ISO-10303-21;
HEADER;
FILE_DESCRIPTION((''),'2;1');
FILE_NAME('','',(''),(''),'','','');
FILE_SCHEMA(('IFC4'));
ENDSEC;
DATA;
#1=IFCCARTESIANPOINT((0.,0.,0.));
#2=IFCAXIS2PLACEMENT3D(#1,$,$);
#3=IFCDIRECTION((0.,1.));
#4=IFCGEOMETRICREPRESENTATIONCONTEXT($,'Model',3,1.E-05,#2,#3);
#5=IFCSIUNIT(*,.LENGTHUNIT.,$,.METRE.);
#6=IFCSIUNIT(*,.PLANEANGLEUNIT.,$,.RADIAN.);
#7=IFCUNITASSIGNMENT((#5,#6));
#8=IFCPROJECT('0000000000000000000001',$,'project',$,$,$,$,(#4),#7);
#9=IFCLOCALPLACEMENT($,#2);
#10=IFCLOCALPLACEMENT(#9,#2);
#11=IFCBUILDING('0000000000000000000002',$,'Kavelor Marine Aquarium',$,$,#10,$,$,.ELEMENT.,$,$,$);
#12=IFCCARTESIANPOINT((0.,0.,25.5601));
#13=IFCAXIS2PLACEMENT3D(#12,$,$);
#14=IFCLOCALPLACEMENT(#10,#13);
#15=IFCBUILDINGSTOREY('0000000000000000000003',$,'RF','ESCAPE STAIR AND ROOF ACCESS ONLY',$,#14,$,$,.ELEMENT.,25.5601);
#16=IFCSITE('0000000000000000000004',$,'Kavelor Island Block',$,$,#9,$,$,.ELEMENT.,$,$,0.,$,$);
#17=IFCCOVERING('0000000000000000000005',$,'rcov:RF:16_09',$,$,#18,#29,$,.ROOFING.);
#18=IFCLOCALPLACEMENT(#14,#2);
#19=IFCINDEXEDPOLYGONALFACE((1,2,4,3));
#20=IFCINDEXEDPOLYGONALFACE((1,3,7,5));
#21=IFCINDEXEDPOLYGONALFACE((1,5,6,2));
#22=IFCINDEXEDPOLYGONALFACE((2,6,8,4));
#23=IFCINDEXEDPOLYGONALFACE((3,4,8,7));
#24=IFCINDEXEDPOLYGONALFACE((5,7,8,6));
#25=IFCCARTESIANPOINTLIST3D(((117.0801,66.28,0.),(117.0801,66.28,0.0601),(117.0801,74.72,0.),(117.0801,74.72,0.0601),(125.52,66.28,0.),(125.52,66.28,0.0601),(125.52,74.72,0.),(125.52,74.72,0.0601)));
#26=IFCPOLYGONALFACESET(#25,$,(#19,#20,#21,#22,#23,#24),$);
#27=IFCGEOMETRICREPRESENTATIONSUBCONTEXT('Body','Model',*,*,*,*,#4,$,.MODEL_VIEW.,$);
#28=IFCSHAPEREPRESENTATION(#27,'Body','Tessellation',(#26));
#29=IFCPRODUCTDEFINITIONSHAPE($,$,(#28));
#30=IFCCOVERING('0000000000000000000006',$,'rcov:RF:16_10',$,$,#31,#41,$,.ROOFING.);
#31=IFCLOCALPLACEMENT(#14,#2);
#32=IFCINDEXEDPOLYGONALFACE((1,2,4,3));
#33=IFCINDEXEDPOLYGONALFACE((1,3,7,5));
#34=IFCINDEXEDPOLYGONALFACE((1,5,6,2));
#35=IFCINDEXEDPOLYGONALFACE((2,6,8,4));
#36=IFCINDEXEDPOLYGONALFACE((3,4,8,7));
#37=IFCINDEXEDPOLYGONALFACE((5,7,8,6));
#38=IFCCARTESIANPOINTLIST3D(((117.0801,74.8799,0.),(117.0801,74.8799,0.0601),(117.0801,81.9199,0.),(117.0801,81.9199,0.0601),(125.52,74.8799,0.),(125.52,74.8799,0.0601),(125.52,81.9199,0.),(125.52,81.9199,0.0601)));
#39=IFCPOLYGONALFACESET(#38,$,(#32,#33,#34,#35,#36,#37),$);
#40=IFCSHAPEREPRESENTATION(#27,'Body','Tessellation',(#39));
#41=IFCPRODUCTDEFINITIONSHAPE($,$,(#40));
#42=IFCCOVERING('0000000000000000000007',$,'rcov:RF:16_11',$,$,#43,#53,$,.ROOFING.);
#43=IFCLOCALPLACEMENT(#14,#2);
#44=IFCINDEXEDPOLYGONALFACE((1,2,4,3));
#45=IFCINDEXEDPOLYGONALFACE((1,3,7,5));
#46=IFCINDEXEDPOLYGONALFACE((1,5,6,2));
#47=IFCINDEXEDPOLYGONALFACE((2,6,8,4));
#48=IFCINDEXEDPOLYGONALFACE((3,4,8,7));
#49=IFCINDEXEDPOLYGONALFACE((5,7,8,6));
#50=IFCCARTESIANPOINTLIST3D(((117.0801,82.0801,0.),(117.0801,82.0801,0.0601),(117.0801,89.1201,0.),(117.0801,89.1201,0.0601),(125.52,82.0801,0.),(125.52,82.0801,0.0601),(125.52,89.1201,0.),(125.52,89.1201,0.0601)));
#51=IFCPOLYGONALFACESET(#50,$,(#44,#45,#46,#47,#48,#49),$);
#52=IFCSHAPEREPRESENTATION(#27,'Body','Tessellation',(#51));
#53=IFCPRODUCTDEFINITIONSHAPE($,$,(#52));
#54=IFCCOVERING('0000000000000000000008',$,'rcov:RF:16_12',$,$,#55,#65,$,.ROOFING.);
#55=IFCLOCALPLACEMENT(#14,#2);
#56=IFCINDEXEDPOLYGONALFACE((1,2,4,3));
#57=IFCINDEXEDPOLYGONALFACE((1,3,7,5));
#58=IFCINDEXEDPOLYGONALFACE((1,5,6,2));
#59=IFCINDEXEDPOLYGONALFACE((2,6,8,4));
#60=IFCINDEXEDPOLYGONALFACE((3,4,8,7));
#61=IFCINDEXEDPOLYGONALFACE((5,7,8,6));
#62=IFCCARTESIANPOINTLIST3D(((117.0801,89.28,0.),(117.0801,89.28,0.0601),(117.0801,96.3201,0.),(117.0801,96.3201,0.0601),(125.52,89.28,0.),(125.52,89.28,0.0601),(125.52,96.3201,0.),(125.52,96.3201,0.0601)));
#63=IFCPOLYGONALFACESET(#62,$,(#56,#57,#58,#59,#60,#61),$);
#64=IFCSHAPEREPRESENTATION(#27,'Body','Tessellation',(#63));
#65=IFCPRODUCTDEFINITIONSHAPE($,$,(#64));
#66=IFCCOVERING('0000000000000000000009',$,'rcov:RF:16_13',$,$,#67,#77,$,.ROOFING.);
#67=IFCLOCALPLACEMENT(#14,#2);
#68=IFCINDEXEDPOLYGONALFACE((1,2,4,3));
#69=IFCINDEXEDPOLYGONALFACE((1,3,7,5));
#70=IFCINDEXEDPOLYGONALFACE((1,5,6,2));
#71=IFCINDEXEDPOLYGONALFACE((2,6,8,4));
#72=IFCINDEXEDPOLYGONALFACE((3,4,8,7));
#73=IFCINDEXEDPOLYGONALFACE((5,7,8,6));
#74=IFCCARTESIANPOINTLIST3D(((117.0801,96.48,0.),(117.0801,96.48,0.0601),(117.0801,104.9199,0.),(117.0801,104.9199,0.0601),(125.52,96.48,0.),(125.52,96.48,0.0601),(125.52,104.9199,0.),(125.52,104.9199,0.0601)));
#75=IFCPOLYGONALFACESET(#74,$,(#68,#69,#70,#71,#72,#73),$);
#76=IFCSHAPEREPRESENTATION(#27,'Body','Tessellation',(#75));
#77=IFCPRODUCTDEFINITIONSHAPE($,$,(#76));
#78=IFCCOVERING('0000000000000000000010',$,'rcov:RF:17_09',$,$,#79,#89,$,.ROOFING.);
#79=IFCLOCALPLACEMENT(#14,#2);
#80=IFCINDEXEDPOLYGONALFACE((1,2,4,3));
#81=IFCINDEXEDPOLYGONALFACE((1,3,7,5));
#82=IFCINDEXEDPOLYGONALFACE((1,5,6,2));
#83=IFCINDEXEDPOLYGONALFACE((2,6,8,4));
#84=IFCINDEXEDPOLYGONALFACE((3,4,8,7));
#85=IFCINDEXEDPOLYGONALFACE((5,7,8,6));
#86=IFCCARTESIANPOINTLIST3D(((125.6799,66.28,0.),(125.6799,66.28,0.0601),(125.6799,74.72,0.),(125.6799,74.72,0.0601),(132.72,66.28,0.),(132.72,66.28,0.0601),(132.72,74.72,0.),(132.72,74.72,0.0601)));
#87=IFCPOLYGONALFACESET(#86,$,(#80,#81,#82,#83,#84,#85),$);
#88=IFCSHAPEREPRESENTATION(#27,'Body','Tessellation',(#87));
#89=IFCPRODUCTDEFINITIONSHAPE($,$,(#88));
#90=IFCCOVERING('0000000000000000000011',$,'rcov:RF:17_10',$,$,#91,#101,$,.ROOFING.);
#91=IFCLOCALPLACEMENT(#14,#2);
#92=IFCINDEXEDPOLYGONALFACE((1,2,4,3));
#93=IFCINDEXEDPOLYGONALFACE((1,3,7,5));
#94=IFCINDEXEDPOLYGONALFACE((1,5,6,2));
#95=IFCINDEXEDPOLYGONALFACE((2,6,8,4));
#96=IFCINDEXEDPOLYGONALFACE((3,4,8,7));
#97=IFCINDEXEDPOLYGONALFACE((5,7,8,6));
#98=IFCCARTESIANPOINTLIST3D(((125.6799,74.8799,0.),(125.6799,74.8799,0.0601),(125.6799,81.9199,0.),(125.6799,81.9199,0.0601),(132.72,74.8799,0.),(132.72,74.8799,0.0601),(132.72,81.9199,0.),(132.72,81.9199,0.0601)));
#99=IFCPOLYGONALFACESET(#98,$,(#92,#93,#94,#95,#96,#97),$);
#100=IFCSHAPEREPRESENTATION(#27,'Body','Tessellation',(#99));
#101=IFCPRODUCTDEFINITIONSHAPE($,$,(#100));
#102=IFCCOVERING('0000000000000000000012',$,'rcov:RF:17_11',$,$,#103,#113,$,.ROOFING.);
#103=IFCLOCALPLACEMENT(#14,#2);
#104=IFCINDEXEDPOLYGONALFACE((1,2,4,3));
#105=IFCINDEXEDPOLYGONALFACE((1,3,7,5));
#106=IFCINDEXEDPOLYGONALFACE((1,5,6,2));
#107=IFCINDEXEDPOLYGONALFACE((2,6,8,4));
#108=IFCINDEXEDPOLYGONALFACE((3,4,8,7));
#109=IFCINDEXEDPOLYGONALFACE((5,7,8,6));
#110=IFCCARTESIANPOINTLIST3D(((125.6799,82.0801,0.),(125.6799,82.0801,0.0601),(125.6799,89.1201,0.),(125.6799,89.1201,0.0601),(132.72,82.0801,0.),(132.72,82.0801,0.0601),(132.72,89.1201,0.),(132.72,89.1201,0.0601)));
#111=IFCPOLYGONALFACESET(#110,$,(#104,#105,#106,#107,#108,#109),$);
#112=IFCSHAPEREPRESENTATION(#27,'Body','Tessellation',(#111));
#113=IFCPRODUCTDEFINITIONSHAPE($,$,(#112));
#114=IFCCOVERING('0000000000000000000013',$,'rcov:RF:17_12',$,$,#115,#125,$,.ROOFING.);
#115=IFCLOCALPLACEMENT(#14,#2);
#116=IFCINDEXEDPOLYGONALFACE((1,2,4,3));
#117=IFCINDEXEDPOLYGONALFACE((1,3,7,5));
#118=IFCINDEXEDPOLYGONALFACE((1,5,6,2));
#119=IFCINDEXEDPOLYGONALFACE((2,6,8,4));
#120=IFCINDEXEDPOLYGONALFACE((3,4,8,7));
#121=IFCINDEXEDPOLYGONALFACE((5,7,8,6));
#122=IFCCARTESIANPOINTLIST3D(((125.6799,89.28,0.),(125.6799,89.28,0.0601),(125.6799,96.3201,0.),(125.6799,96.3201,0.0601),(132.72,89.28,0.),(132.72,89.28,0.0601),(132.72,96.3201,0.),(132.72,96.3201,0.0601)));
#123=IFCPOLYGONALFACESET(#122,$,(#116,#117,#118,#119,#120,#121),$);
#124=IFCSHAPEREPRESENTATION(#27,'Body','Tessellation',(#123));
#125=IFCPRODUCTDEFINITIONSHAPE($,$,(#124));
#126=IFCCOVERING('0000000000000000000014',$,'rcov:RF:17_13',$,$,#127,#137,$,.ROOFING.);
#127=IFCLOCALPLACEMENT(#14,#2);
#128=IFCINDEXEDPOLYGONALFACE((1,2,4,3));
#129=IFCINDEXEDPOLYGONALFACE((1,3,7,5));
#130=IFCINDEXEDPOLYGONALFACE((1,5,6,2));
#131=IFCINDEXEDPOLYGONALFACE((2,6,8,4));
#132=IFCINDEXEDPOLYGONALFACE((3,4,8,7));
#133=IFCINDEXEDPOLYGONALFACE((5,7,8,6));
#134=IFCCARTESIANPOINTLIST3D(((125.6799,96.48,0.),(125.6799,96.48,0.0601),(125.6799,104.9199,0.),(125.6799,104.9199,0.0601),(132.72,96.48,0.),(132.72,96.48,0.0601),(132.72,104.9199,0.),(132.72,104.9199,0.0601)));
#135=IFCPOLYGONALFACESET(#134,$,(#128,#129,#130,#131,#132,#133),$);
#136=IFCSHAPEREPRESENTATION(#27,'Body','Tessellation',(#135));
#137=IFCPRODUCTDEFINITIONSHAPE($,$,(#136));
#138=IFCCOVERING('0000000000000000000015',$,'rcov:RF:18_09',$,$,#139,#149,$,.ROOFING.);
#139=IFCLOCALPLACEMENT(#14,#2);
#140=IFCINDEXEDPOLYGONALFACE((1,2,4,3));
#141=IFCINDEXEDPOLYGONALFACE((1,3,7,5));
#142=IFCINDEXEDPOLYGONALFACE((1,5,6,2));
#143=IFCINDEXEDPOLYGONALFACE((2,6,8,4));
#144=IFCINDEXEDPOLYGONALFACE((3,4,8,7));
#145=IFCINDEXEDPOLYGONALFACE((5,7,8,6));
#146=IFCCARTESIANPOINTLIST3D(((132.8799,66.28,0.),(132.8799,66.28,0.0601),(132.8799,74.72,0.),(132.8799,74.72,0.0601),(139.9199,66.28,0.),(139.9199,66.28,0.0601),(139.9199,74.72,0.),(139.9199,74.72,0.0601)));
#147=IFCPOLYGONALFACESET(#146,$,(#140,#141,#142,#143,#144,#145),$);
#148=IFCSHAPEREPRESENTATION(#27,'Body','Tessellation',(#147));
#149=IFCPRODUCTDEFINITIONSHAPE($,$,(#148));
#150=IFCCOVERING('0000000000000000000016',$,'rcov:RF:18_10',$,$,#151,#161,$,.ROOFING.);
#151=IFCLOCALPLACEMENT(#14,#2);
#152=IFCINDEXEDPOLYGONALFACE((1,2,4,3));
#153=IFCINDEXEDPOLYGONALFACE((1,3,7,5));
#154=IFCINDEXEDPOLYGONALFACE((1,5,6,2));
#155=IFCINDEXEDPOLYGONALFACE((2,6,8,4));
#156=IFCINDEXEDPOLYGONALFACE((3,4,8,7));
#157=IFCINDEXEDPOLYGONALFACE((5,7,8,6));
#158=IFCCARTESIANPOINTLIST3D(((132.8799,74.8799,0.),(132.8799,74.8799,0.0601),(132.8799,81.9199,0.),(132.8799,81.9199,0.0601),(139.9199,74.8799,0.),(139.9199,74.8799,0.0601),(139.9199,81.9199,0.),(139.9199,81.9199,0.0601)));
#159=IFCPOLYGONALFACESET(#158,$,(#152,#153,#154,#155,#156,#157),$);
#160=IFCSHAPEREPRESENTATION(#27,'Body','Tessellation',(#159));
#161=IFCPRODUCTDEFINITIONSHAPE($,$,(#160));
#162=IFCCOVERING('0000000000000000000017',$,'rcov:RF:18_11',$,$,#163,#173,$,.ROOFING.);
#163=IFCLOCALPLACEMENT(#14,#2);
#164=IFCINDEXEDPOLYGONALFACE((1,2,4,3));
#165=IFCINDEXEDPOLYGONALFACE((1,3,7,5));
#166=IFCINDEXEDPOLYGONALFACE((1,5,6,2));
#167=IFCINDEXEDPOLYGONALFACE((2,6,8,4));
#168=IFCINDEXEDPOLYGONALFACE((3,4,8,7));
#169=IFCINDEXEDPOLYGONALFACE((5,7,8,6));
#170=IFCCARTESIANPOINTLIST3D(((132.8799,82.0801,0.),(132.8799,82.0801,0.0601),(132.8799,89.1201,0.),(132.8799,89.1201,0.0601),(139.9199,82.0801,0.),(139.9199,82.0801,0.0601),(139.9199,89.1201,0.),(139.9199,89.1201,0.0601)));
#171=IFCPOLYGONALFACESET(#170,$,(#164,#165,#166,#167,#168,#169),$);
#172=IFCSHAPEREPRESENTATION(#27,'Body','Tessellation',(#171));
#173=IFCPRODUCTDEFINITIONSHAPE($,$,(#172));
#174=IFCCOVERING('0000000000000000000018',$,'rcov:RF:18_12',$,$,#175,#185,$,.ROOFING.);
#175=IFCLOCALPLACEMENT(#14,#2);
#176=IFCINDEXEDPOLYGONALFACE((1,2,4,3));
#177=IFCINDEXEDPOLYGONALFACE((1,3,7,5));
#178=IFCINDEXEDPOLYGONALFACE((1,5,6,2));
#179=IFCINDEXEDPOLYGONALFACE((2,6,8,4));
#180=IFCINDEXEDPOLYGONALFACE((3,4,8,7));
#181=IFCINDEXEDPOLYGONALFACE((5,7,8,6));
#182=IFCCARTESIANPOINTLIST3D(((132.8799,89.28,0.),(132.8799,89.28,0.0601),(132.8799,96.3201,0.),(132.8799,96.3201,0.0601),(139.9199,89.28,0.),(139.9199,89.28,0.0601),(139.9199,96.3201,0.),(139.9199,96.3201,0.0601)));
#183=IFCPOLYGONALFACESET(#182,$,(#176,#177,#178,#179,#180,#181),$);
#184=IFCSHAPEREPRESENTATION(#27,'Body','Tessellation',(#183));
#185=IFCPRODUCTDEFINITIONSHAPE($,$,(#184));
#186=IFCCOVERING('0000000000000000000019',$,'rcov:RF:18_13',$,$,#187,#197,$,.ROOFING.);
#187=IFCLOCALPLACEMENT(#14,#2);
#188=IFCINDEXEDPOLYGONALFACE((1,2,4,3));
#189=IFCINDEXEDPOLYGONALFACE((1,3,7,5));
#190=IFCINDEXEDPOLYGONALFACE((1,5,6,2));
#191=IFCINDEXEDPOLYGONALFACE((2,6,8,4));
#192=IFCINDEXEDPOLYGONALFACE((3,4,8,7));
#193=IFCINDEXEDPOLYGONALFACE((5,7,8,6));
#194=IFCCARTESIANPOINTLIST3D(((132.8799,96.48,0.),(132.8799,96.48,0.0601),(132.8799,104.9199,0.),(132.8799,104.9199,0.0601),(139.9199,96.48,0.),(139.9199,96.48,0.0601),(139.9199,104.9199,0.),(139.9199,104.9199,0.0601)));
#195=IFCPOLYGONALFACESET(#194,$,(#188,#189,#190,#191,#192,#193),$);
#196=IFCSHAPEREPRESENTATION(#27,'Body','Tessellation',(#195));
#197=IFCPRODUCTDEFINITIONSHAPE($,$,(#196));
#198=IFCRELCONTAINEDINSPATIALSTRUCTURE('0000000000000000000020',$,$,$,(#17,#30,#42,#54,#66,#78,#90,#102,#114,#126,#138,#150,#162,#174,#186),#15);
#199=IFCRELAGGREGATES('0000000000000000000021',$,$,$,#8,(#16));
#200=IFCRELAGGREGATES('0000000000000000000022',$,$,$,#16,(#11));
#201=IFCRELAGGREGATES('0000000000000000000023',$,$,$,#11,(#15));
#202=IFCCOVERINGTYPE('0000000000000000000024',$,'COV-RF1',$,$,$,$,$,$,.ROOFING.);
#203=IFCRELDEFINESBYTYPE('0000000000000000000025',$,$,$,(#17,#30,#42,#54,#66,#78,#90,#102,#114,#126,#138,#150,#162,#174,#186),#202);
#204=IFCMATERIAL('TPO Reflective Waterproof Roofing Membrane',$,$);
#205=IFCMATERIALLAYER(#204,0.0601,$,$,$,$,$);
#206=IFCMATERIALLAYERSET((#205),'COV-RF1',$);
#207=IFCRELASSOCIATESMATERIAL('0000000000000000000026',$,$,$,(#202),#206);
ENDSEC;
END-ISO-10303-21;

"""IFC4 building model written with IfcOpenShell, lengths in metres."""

from ifc_helpers import new_model, si_unit, direction, frame, origin, place, context, subcontext, project, spatial, polyline, outline, extrude, material, layer, layer_set, type_object, element, save


model = new_model("IFC4")

# Units and contexts
model_context = context("Model", 3, precision=1e-05, world=origin(), true_north=direction((0.0, 1.0)))
body_context = subcontext(model_context, "Body", "Model", "MODEL_VIEW")
ifc_project = project(units=[si_unit("LENGTHUNIT", "METRE"), si_unit("PLANEANGLEUNIT", "RADIAN")], contexts=[model_context])

# Site, building, storey
site_placement = place(None, origin())
site = spatial("IfcSite", under=ifc_project, at=site_placement, Name="Kavelor Island Block", CompositionType="ELEMENT", RefElevation=0.0)
building_placement = place(site_placement, origin())
building = spatial("IfcBuilding", under=site, at=building_placement, Name="Kavelor Marine Aquarium", CompositionType="ELEMENT")
storey_placement = place(building_placement, frame((0.0, 0.0, 25.5601)))
storey = spatial("IfcBuildingStorey", under=building, at=storey_placement, Name="RF", Description="ESCAPE STAIR AND ROOF ACCESS ONLY", CompositionType="ELEMENT", Elevation=25.5601)

# Coverings
ifc_material_1 = material(Name="TPO Reflective Waterproof Roofing Membrane")
ifc_layer_1 = layer(ifc_material_1, 0.0601)
ifc_layer_set_1 = layer_set([ifc_layer_1], Name="COV-RF1")
covering_type = type_object("IfcCoveringType", Name="COV-RF1", PredefinedType="ROOFING", material=ifc_layer_set_1)
covering_1_placement = place(storey_placement, origin())
element("IfcCovering", 1, at=covering_1_placement, inside=storey, type_object=covering_type, Name="rcov:RF:16_09", PredefinedType="ROOFING", context=body_context, shape_type="SweptSolid", body=[
    extrude(outline(polyline([(117.0801, 66.28), (125.52, 66.28), (125.52, 74.72), (117.0801, 74.72), (117.0801, 66.28)])), origin(), (0.0, 0.0, 1.0), 0.0601),
])
covering_2_placement = place(storey_placement, origin())
element("IfcCovering", 2, at=covering_2_placement, inside=storey, type_object=covering_type, Name="rcov:RF:16_10", PredefinedType="ROOFING", context=body_context, shape_type="SweptSolid", body=[
    extrude(outline(polyline([(117.0801, 74.8799), (125.52, 74.8799), (125.52, 81.9199), (117.0801, 81.9199), (117.0801, 74.8799)])), origin(), (0.0, 0.0, 1.0), 0.0601),
])
covering_3_placement = place(storey_placement, origin())
element("IfcCovering", 3, at=covering_3_placement, inside=storey, type_object=covering_type, Name="rcov:RF:16_11", PredefinedType="ROOFING", context=body_context, shape_type="SweptSolid", body=[
    extrude(outline(polyline([(117.0801, 82.0801), (125.52, 82.0801), (125.52, 89.1201), (117.0801, 89.1201), (117.0801, 82.0801)])), origin(), (0.0, 0.0, 1.0), 0.0601),
])
covering_4_placement = place(storey_placement, origin())
element("IfcCovering", 4, at=covering_4_placement, inside=storey, type_object=covering_type, Name="rcov:RF:16_12", PredefinedType="ROOFING", context=body_context, shape_type="SweptSolid", body=[
    extrude(outline(polyline([(117.0801, 89.28), (125.52, 89.28), (125.52, 96.3201), (117.0801, 96.3201), (117.0801, 89.28)])), origin(), (0.0, 0.0, 1.0), 0.0601),
])
covering_5_placement = place(storey_placement, origin())
element("IfcCovering", 5, at=covering_5_placement, inside=storey, type_object=covering_type, Name="rcov:RF:16_13", PredefinedType="ROOFING", context=body_context, shape_type="SweptSolid", body=[
    extrude(outline(polyline([(117.0801, 96.48), (125.52, 96.48), (125.52, 104.9199), (117.0801, 104.9199), (117.0801, 96.48)])), origin(), (0.0, 0.0, 1.0), 0.0601),
])
covering_6_placement = place(storey_placement, origin())
element("IfcCovering", 6, at=covering_6_placement, inside=storey, type_object=covering_type, Name="rcov:RF:17_09", PredefinedType="ROOFING", context=body_context, shape_type="SweptSolid", body=[
    extrude(outline(polyline([(125.6799, 66.28), (132.72, 66.28), (132.72, 74.72), (125.6799, 74.72), (125.6799, 66.28)])), origin(), (0.0, 0.0, 1.0), 0.0601),
])
covering_7_placement = place(storey_placement, origin())
element("IfcCovering", 7, at=covering_7_placement, inside=storey, type_object=covering_type, Name="rcov:RF:17_10", PredefinedType="ROOFING", context=body_context, shape_type="SweptSolid", body=[
    extrude(outline(polyline([(125.6799, 74.8799), (132.72, 74.8799), (132.72, 81.9199), (125.6799, 81.9199), (125.6799, 74.8799)])), origin(), (0.0, 0.0, 1.0), 0.0601),
])
covering_8_placement = place(storey_placement, origin())
element("IfcCovering", 8, at=covering_8_placement, inside=storey, type_object=covering_type, Name="rcov:RF:17_11", PredefinedType="ROOFING", context=body_context, shape_type="SweptSolid", body=[
    extrude(outline(polyline([(125.6799, 82.0801), (132.72, 82.0801), (132.72, 89.1201), (125.6799, 89.1201), (125.6799, 82.0801)])), origin(), (0.0, 0.0, 1.0), 0.0601),
])
covering_9_placement = place(storey_placement, origin())
element("IfcCovering", 9, at=covering_9_placement, inside=storey, type_object=covering_type, Name="rcov:RF:17_12", PredefinedType="ROOFING", context=body_context, shape_type="SweptSolid", body=[
    extrude(outline(polyline([(125.6799, 89.28), (132.72, 89.28), (132.72, 96.3201), (125.6799, 96.3201), (125.6799, 89.28)])), origin(), (0.0, 0.0, 1.0), 0.0601),
])
covering_10_placement = place(storey_placement, origin())
element("IfcCovering", 10, at=covering_10_placement, inside=storey, type_object=covering_type, Name="rcov:RF:17_13", PredefinedType="ROOFING", context=body_context, shape_type="SweptSolid", body=[
    extrude(outline(polyline([(125.6799, 96.48), (132.72, 96.48), (132.72, 104.9199), (125.6799, 104.9199), (125.6799, 96.48)])), origin(), (0.0, 0.0, 1.0), 0.0601),
])
covering_11_placement = place(storey_placement, origin())
element("IfcCovering", 11, at=covering_11_placement, inside=storey, type_object=covering_type, Name="rcov:RF:18_09", PredefinedType="ROOFING", context=body_context, shape_type="SweptSolid", body=[
    extrude(outline(polyline([(132.8799, 66.28), (139.9199, 66.28), (139.9199, 74.72), (132.8799, 74.72), (132.8799, 66.28)])), origin(), (0.0, 0.0, 1.0), 0.0601),
])
covering_12_placement = place(storey_placement, origin())
element("IfcCovering", 12, at=covering_12_placement, inside=storey, type_object=covering_type, Name="rcov:RF:18_10", PredefinedType="ROOFING", context=body_context, shape_type="SweptSolid", body=[
    extrude(outline(polyline([(132.8799, 74.8799), (139.9199, 74.8799), (139.9199, 81.9199), (132.8799, 81.9199), (132.8799, 74.8799)])), origin(), (0.0, 0.0, 1.0), 0.0601),
])
covering_13_placement = place(storey_placement, origin())
element("IfcCovering", 13, at=covering_13_placement, inside=storey, type_object=covering_type, Name="rcov:RF:18_11", PredefinedType="ROOFING", context=body_context, shape_type="SweptSolid", body=[
    extrude(outline(polyline([(132.8799, 82.0801), (139.9199, 82.0801), (139.9199, 89.1201), (132.8799, 89.1201), (132.8799, 82.0801)])), origin(), (0.0, 0.0, 1.0), 0.0601),
])
covering_14_placement = place(storey_placement, origin())
element("IfcCovering", 14, at=covering_14_placement, inside=storey, type_object=covering_type, Name="rcov:RF:18_12", PredefinedType="ROOFING", context=body_context, shape_type="SweptSolid", body=[
    extrude(outline(polyline([(132.8799, 89.28), (139.9199, 89.28), (139.9199, 96.3201), (132.8799, 96.3201), (132.8799, 89.28)])), origin(), (0.0, 0.0, 1.0), 0.0601),
])
covering_15_placement = place(storey_placement, origin())
element("IfcCovering", 15, at=covering_15_placement, inside=storey, type_object=covering_type, Name="rcov:RF:18_13", PredefinedType="ROOFING", context=body_context, shape_type="SweptSolid", body=[
    extrude(outline(polyline([(132.8799, 96.48), (139.9199, 96.48), (139.9199, 104.9199), (132.8799, 104.9199), (132.8799, 96.48)])), origin(), (0.0, 0.0, 1.0), 0.0601),
])

save(model, "model.ifc")
